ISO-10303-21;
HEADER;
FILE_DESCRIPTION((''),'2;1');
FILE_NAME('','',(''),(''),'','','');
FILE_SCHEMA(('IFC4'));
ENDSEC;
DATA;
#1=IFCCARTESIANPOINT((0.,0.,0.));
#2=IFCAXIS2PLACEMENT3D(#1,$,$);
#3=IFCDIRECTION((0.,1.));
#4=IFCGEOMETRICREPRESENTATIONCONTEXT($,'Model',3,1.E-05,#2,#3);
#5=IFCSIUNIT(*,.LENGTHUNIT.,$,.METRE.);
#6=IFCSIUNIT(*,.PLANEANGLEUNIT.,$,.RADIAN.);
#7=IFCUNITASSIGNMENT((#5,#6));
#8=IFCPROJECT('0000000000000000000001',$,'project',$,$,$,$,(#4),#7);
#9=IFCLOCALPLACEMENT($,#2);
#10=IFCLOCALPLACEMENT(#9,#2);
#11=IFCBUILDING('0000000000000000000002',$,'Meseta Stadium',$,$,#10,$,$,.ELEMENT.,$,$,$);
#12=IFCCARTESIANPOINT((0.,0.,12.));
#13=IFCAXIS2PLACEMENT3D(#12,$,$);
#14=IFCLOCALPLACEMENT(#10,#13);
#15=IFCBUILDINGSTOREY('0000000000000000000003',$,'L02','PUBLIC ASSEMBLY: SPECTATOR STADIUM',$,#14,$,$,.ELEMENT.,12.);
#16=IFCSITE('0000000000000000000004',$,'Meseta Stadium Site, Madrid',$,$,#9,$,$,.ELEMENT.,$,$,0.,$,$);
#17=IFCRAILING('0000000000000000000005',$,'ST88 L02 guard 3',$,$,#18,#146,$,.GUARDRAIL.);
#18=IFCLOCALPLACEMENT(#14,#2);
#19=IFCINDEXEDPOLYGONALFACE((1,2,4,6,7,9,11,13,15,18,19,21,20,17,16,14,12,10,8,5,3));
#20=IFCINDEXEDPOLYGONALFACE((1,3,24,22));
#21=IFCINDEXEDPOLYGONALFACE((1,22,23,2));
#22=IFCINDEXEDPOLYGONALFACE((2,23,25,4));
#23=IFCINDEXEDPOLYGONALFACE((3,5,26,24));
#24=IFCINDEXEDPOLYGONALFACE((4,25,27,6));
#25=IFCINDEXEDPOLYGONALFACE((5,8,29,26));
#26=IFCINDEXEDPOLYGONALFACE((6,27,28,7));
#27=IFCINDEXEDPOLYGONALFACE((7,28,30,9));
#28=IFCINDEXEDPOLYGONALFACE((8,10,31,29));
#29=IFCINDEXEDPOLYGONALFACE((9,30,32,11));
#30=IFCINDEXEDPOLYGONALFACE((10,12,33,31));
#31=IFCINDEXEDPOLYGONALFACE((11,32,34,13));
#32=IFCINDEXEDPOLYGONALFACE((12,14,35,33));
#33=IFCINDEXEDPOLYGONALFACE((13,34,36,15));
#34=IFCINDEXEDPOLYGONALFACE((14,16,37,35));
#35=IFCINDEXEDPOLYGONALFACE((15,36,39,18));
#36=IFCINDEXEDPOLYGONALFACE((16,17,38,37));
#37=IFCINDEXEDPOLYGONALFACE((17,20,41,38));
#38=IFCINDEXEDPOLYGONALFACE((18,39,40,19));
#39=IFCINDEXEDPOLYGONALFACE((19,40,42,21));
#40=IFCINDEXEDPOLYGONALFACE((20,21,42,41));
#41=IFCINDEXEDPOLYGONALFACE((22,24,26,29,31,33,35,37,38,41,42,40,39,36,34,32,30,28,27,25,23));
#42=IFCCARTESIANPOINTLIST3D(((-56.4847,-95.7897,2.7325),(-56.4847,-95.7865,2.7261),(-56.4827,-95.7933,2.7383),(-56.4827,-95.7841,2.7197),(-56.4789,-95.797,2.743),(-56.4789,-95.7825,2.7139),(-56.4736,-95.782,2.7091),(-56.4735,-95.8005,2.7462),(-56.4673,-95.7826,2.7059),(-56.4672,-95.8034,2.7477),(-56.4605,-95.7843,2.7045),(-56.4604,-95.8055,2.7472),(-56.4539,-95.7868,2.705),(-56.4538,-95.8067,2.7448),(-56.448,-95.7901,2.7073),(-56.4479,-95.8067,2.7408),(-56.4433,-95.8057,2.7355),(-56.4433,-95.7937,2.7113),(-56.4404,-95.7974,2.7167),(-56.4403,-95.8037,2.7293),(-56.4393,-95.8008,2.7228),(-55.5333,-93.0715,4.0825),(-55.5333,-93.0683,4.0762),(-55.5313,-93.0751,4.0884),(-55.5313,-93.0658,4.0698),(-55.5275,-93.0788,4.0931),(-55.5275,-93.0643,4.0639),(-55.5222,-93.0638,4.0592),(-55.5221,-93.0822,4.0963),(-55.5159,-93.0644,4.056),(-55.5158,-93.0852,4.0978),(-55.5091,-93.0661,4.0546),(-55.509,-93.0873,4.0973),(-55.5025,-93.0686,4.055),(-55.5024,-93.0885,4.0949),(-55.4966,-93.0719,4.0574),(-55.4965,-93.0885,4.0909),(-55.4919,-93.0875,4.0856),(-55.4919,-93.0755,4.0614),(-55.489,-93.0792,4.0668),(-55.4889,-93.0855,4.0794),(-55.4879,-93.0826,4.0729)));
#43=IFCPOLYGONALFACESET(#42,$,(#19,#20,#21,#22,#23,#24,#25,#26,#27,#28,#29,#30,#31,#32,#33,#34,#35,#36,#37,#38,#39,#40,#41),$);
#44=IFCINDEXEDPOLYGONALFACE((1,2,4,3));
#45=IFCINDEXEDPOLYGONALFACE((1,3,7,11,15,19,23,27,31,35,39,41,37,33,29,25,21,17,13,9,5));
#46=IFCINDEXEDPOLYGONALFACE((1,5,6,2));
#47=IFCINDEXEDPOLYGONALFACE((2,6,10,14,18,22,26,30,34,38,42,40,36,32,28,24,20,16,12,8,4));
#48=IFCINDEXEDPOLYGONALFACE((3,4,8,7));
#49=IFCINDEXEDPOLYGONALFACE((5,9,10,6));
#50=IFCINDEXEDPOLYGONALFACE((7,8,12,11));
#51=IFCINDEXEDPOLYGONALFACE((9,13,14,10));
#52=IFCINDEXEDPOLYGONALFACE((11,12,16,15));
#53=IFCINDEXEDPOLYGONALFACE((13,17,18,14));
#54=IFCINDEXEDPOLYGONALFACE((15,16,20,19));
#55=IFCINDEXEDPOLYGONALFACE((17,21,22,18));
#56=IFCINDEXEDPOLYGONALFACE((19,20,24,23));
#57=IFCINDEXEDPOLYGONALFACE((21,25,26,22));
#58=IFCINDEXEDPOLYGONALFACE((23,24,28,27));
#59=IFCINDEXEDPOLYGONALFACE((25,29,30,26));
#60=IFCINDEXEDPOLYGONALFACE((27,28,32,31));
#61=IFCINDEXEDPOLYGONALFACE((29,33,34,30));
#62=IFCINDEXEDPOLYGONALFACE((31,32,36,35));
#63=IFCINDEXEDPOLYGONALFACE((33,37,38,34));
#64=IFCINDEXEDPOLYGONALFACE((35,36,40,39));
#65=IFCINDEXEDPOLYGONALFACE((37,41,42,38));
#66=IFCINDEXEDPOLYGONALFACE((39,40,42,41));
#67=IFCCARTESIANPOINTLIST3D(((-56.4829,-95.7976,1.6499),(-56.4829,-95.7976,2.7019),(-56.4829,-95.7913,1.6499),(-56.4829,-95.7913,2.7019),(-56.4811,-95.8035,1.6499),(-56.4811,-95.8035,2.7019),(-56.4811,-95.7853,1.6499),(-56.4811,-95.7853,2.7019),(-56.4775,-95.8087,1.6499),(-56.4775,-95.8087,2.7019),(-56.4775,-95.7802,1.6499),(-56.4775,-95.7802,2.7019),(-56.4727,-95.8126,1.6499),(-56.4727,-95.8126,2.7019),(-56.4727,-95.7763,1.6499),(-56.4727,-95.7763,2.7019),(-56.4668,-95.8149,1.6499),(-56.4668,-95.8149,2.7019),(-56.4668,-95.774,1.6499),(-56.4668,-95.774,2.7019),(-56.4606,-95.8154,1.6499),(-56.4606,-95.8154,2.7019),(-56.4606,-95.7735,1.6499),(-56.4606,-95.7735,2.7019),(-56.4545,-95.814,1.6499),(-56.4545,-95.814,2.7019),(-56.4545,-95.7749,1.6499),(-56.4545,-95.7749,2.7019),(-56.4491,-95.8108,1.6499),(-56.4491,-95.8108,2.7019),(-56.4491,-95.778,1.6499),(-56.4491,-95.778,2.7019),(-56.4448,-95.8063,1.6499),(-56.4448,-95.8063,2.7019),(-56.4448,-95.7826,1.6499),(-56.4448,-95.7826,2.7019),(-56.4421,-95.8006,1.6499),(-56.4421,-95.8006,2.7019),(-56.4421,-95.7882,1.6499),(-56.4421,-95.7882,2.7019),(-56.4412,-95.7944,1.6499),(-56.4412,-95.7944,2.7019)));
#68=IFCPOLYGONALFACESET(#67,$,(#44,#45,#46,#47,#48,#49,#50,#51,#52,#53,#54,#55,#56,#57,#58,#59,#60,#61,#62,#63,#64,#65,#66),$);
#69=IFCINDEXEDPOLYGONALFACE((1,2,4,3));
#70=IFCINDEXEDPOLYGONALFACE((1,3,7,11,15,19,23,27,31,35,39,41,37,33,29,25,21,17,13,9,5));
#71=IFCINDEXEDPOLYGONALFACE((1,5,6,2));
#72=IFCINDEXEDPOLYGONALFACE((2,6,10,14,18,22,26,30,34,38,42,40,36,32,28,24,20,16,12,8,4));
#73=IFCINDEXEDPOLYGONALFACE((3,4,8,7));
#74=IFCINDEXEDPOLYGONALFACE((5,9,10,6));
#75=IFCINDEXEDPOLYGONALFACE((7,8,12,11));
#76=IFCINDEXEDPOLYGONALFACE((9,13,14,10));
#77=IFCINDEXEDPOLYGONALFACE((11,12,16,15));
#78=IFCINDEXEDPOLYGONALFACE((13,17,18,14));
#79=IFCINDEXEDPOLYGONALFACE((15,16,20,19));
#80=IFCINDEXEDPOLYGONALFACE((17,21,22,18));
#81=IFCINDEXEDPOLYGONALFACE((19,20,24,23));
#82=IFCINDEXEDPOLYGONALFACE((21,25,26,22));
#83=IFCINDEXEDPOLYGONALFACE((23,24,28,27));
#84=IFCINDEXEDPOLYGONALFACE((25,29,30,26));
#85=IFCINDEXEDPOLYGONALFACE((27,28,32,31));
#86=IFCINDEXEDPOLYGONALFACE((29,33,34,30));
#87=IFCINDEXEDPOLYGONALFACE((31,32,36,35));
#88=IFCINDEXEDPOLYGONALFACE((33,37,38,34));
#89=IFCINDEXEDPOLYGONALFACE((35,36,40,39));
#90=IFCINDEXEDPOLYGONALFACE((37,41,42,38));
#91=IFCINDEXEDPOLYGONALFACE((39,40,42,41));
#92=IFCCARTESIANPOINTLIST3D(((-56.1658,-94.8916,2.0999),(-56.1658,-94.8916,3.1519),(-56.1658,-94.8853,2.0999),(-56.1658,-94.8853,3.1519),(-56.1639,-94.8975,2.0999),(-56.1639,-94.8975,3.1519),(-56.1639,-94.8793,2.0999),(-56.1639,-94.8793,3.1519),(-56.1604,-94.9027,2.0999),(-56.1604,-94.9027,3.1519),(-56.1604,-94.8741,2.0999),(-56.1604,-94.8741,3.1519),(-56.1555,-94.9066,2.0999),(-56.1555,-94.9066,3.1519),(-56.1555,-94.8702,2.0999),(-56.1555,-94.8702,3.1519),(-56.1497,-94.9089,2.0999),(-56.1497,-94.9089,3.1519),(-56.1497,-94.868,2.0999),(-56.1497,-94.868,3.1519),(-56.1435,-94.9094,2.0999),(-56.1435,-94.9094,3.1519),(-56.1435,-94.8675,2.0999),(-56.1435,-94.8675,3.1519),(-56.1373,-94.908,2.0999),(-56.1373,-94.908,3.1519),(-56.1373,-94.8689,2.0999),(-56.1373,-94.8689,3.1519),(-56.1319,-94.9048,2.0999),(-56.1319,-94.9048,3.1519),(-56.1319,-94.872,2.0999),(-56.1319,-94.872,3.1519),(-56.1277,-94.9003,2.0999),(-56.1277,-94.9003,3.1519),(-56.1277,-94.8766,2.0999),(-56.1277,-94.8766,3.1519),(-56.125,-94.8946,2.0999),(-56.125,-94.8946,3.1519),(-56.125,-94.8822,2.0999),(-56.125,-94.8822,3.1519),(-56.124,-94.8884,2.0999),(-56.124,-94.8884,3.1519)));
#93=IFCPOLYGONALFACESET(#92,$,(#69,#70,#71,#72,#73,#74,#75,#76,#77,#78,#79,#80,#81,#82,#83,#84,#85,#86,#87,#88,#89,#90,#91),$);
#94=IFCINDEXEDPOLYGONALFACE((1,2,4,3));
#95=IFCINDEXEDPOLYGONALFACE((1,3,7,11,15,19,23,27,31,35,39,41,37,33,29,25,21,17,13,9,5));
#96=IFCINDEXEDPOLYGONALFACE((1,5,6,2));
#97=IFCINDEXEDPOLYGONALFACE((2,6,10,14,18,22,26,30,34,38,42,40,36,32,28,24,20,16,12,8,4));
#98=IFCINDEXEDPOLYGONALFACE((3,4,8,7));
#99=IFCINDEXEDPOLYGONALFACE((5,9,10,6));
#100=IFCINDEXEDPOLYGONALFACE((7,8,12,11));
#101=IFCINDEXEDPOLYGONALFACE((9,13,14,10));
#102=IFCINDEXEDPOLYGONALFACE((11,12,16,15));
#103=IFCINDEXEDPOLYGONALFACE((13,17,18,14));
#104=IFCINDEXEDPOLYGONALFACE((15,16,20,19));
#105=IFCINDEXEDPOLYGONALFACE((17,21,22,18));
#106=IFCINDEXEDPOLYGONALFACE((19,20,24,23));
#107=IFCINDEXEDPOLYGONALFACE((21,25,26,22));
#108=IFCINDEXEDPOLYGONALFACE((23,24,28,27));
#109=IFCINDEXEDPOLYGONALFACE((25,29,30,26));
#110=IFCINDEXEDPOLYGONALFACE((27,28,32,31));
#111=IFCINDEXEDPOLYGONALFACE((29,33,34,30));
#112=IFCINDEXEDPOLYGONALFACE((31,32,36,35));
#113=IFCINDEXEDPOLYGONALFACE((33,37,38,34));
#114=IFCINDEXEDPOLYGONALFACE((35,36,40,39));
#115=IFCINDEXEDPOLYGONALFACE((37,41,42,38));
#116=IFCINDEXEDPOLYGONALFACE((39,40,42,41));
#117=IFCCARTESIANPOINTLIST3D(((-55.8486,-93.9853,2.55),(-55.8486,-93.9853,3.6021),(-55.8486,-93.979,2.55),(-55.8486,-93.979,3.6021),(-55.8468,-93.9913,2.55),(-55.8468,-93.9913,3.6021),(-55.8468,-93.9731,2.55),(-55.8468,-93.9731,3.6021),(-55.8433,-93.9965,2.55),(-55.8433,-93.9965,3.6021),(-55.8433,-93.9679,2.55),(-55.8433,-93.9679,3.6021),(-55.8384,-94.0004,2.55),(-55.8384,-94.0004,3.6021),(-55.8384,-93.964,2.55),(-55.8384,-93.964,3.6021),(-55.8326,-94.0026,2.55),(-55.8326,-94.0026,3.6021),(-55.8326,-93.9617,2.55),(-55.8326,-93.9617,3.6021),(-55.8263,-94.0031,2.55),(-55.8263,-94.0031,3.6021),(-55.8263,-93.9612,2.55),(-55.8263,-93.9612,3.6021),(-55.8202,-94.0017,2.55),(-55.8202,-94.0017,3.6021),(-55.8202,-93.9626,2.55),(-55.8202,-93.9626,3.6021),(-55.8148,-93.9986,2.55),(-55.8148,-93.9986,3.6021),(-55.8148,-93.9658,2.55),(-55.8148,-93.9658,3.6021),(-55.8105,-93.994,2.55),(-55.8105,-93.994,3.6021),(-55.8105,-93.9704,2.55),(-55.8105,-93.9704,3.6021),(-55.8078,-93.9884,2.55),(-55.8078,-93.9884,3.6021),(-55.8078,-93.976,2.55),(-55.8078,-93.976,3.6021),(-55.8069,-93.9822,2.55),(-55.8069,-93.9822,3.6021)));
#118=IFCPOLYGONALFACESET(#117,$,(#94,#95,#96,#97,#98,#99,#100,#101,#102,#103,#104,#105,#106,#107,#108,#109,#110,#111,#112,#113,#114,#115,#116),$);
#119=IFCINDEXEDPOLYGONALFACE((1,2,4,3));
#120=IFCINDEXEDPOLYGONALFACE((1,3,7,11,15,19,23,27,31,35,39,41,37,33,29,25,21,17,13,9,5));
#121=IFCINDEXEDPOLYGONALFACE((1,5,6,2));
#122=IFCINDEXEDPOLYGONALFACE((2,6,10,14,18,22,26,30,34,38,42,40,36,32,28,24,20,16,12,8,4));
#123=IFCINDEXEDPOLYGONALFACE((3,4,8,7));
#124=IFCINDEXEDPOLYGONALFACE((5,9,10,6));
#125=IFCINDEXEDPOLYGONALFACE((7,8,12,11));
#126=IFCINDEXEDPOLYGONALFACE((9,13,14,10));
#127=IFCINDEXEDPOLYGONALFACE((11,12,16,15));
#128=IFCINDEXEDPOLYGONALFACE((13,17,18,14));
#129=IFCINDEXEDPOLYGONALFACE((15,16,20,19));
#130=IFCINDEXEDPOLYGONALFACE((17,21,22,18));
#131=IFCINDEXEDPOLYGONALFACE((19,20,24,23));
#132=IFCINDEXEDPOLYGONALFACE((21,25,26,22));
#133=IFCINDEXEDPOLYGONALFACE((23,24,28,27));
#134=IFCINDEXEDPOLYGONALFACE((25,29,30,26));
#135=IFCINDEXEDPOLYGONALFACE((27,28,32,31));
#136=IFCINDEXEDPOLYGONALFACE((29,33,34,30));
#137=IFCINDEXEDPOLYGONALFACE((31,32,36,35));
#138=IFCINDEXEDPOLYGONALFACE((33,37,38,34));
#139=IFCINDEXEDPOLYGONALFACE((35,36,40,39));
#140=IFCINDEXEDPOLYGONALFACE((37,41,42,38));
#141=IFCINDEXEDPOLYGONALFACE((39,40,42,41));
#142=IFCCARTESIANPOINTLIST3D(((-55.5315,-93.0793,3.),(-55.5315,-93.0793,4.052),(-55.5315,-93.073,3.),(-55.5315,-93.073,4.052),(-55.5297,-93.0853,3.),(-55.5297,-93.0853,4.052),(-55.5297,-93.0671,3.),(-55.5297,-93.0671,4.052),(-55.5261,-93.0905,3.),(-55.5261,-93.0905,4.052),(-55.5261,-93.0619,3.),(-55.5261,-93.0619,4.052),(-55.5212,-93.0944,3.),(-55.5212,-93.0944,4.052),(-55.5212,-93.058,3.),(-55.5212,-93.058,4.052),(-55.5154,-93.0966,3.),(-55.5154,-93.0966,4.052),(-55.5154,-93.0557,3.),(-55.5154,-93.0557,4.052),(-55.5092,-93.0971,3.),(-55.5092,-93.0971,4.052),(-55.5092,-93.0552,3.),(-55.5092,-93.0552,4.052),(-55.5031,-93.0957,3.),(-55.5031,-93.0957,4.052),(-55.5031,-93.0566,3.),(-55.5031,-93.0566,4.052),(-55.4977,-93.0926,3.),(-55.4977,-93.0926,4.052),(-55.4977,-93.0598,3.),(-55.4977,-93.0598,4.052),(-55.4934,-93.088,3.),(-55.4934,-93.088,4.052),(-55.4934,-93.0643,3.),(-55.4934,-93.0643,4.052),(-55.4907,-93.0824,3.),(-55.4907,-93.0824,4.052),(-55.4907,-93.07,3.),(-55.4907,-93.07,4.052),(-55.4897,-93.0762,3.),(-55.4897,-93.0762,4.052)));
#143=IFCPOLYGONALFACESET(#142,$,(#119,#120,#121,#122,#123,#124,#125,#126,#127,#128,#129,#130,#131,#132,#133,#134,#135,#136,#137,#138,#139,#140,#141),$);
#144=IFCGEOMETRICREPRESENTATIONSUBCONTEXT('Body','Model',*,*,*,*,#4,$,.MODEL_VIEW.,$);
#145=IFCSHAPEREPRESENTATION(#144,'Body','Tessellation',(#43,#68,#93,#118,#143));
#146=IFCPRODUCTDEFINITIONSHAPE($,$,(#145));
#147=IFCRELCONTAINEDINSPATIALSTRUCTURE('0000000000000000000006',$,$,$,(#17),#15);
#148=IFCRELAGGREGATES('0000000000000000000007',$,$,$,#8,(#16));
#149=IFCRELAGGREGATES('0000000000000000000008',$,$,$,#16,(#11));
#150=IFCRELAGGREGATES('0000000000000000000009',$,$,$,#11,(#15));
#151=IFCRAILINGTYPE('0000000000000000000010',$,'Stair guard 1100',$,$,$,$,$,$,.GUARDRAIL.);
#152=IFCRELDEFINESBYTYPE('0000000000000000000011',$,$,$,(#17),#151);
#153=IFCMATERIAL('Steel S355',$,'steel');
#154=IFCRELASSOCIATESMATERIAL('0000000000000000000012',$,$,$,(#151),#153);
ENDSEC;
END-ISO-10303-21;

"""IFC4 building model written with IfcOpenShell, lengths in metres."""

from ifc_helpers import new_model, si_unit, direction, frame, origin, origin_2d, place, context, subcontext, project, spatial, circle, extrude, material, type_object, element, save


model = new_model("IFC4")

# Units and contexts
model_context = context("Model", 3, precision=1e-05, world=origin(), true_north=direction((0.0, 1.0)))
body_context = subcontext(model_context, "Body", "Model", "MODEL_VIEW")
ifc_project = project(units=[si_unit("LENGTHUNIT", "METRE"), si_unit("PLANEANGLEUNIT", "RADIAN")], contexts=[model_context])

# Site, building, storey
site_placement = place(None, origin())
site = spatial("IfcSite", under=ifc_project, at=site_placement, Name="Meseta Stadium Site, Madrid", CompositionType="ELEMENT", RefElevation=0.0)
building_placement = place(site_placement, origin())
building = spatial("IfcBuilding", under=site, at=building_placement, Name="Meseta Stadium", CompositionType="ELEMENT")
storey_placement = place(building_placement, frame((0.0, 0.0, 12.0)))
storey = spatial("IfcBuildingStorey", under=building, at=storey_placement, Name="L02", Description="PUBLIC ASSEMBLY: SPECTATOR STADIUM", CompositionType="ELEMENT", Elevation=12.0)

# Railing
ifc_material_1 = material(Name="Steel S355", Category="steel")
railing_type_1 = type_object("IfcRailingType", Name="Stair guard 1100", PredefinedType="GUARDRAIL", material=ifc_material_1)
railing_1_placement = place(storey_placement, frame((-56.4622, -95.7944, 1.6499)))
element("IfcRailing", 1, at=railing_1_placement, inside=storey, type_object=railing_type_1, Name="ST88 L02 guard 3", PredefinedType="GUARDRAIL", context=body_context, shape_type="SweptSolid", body=[
    extrude(circle(Radius=0.0239, at=origin_2d()), frame((0.0, 0.0, 1.0762), z_axis=(0.299121, 0.854609, 0.424465), x_axis=(-0.943856, 0.330358, 0.0)), (0.0, 0.0, 1.0), 3.1807),
    extrude(circle(Radius=0.021, at=origin_2d()), origin(), (0.0, 0.0, 1.0), 1.052),
    extrude(circle(Radius=0.021, at=origin_2d()), frame((0.3171, 0.906, 0.45)), (0.0, 0.0, 1.0), 1.052),
    extrude(circle(Radius=0.021, at=origin_2d()), frame((0.6343, 1.8123, 0.9001)), (0.0, 0.0, 1.0), 1.052),
    extrude(circle(Radius=0.021, at=origin_2d()), frame((0.9514, 2.7183, 1.3501)), (0.0, 0.0, 1.0), 1.052),
])

save(model, "model.ifc")
